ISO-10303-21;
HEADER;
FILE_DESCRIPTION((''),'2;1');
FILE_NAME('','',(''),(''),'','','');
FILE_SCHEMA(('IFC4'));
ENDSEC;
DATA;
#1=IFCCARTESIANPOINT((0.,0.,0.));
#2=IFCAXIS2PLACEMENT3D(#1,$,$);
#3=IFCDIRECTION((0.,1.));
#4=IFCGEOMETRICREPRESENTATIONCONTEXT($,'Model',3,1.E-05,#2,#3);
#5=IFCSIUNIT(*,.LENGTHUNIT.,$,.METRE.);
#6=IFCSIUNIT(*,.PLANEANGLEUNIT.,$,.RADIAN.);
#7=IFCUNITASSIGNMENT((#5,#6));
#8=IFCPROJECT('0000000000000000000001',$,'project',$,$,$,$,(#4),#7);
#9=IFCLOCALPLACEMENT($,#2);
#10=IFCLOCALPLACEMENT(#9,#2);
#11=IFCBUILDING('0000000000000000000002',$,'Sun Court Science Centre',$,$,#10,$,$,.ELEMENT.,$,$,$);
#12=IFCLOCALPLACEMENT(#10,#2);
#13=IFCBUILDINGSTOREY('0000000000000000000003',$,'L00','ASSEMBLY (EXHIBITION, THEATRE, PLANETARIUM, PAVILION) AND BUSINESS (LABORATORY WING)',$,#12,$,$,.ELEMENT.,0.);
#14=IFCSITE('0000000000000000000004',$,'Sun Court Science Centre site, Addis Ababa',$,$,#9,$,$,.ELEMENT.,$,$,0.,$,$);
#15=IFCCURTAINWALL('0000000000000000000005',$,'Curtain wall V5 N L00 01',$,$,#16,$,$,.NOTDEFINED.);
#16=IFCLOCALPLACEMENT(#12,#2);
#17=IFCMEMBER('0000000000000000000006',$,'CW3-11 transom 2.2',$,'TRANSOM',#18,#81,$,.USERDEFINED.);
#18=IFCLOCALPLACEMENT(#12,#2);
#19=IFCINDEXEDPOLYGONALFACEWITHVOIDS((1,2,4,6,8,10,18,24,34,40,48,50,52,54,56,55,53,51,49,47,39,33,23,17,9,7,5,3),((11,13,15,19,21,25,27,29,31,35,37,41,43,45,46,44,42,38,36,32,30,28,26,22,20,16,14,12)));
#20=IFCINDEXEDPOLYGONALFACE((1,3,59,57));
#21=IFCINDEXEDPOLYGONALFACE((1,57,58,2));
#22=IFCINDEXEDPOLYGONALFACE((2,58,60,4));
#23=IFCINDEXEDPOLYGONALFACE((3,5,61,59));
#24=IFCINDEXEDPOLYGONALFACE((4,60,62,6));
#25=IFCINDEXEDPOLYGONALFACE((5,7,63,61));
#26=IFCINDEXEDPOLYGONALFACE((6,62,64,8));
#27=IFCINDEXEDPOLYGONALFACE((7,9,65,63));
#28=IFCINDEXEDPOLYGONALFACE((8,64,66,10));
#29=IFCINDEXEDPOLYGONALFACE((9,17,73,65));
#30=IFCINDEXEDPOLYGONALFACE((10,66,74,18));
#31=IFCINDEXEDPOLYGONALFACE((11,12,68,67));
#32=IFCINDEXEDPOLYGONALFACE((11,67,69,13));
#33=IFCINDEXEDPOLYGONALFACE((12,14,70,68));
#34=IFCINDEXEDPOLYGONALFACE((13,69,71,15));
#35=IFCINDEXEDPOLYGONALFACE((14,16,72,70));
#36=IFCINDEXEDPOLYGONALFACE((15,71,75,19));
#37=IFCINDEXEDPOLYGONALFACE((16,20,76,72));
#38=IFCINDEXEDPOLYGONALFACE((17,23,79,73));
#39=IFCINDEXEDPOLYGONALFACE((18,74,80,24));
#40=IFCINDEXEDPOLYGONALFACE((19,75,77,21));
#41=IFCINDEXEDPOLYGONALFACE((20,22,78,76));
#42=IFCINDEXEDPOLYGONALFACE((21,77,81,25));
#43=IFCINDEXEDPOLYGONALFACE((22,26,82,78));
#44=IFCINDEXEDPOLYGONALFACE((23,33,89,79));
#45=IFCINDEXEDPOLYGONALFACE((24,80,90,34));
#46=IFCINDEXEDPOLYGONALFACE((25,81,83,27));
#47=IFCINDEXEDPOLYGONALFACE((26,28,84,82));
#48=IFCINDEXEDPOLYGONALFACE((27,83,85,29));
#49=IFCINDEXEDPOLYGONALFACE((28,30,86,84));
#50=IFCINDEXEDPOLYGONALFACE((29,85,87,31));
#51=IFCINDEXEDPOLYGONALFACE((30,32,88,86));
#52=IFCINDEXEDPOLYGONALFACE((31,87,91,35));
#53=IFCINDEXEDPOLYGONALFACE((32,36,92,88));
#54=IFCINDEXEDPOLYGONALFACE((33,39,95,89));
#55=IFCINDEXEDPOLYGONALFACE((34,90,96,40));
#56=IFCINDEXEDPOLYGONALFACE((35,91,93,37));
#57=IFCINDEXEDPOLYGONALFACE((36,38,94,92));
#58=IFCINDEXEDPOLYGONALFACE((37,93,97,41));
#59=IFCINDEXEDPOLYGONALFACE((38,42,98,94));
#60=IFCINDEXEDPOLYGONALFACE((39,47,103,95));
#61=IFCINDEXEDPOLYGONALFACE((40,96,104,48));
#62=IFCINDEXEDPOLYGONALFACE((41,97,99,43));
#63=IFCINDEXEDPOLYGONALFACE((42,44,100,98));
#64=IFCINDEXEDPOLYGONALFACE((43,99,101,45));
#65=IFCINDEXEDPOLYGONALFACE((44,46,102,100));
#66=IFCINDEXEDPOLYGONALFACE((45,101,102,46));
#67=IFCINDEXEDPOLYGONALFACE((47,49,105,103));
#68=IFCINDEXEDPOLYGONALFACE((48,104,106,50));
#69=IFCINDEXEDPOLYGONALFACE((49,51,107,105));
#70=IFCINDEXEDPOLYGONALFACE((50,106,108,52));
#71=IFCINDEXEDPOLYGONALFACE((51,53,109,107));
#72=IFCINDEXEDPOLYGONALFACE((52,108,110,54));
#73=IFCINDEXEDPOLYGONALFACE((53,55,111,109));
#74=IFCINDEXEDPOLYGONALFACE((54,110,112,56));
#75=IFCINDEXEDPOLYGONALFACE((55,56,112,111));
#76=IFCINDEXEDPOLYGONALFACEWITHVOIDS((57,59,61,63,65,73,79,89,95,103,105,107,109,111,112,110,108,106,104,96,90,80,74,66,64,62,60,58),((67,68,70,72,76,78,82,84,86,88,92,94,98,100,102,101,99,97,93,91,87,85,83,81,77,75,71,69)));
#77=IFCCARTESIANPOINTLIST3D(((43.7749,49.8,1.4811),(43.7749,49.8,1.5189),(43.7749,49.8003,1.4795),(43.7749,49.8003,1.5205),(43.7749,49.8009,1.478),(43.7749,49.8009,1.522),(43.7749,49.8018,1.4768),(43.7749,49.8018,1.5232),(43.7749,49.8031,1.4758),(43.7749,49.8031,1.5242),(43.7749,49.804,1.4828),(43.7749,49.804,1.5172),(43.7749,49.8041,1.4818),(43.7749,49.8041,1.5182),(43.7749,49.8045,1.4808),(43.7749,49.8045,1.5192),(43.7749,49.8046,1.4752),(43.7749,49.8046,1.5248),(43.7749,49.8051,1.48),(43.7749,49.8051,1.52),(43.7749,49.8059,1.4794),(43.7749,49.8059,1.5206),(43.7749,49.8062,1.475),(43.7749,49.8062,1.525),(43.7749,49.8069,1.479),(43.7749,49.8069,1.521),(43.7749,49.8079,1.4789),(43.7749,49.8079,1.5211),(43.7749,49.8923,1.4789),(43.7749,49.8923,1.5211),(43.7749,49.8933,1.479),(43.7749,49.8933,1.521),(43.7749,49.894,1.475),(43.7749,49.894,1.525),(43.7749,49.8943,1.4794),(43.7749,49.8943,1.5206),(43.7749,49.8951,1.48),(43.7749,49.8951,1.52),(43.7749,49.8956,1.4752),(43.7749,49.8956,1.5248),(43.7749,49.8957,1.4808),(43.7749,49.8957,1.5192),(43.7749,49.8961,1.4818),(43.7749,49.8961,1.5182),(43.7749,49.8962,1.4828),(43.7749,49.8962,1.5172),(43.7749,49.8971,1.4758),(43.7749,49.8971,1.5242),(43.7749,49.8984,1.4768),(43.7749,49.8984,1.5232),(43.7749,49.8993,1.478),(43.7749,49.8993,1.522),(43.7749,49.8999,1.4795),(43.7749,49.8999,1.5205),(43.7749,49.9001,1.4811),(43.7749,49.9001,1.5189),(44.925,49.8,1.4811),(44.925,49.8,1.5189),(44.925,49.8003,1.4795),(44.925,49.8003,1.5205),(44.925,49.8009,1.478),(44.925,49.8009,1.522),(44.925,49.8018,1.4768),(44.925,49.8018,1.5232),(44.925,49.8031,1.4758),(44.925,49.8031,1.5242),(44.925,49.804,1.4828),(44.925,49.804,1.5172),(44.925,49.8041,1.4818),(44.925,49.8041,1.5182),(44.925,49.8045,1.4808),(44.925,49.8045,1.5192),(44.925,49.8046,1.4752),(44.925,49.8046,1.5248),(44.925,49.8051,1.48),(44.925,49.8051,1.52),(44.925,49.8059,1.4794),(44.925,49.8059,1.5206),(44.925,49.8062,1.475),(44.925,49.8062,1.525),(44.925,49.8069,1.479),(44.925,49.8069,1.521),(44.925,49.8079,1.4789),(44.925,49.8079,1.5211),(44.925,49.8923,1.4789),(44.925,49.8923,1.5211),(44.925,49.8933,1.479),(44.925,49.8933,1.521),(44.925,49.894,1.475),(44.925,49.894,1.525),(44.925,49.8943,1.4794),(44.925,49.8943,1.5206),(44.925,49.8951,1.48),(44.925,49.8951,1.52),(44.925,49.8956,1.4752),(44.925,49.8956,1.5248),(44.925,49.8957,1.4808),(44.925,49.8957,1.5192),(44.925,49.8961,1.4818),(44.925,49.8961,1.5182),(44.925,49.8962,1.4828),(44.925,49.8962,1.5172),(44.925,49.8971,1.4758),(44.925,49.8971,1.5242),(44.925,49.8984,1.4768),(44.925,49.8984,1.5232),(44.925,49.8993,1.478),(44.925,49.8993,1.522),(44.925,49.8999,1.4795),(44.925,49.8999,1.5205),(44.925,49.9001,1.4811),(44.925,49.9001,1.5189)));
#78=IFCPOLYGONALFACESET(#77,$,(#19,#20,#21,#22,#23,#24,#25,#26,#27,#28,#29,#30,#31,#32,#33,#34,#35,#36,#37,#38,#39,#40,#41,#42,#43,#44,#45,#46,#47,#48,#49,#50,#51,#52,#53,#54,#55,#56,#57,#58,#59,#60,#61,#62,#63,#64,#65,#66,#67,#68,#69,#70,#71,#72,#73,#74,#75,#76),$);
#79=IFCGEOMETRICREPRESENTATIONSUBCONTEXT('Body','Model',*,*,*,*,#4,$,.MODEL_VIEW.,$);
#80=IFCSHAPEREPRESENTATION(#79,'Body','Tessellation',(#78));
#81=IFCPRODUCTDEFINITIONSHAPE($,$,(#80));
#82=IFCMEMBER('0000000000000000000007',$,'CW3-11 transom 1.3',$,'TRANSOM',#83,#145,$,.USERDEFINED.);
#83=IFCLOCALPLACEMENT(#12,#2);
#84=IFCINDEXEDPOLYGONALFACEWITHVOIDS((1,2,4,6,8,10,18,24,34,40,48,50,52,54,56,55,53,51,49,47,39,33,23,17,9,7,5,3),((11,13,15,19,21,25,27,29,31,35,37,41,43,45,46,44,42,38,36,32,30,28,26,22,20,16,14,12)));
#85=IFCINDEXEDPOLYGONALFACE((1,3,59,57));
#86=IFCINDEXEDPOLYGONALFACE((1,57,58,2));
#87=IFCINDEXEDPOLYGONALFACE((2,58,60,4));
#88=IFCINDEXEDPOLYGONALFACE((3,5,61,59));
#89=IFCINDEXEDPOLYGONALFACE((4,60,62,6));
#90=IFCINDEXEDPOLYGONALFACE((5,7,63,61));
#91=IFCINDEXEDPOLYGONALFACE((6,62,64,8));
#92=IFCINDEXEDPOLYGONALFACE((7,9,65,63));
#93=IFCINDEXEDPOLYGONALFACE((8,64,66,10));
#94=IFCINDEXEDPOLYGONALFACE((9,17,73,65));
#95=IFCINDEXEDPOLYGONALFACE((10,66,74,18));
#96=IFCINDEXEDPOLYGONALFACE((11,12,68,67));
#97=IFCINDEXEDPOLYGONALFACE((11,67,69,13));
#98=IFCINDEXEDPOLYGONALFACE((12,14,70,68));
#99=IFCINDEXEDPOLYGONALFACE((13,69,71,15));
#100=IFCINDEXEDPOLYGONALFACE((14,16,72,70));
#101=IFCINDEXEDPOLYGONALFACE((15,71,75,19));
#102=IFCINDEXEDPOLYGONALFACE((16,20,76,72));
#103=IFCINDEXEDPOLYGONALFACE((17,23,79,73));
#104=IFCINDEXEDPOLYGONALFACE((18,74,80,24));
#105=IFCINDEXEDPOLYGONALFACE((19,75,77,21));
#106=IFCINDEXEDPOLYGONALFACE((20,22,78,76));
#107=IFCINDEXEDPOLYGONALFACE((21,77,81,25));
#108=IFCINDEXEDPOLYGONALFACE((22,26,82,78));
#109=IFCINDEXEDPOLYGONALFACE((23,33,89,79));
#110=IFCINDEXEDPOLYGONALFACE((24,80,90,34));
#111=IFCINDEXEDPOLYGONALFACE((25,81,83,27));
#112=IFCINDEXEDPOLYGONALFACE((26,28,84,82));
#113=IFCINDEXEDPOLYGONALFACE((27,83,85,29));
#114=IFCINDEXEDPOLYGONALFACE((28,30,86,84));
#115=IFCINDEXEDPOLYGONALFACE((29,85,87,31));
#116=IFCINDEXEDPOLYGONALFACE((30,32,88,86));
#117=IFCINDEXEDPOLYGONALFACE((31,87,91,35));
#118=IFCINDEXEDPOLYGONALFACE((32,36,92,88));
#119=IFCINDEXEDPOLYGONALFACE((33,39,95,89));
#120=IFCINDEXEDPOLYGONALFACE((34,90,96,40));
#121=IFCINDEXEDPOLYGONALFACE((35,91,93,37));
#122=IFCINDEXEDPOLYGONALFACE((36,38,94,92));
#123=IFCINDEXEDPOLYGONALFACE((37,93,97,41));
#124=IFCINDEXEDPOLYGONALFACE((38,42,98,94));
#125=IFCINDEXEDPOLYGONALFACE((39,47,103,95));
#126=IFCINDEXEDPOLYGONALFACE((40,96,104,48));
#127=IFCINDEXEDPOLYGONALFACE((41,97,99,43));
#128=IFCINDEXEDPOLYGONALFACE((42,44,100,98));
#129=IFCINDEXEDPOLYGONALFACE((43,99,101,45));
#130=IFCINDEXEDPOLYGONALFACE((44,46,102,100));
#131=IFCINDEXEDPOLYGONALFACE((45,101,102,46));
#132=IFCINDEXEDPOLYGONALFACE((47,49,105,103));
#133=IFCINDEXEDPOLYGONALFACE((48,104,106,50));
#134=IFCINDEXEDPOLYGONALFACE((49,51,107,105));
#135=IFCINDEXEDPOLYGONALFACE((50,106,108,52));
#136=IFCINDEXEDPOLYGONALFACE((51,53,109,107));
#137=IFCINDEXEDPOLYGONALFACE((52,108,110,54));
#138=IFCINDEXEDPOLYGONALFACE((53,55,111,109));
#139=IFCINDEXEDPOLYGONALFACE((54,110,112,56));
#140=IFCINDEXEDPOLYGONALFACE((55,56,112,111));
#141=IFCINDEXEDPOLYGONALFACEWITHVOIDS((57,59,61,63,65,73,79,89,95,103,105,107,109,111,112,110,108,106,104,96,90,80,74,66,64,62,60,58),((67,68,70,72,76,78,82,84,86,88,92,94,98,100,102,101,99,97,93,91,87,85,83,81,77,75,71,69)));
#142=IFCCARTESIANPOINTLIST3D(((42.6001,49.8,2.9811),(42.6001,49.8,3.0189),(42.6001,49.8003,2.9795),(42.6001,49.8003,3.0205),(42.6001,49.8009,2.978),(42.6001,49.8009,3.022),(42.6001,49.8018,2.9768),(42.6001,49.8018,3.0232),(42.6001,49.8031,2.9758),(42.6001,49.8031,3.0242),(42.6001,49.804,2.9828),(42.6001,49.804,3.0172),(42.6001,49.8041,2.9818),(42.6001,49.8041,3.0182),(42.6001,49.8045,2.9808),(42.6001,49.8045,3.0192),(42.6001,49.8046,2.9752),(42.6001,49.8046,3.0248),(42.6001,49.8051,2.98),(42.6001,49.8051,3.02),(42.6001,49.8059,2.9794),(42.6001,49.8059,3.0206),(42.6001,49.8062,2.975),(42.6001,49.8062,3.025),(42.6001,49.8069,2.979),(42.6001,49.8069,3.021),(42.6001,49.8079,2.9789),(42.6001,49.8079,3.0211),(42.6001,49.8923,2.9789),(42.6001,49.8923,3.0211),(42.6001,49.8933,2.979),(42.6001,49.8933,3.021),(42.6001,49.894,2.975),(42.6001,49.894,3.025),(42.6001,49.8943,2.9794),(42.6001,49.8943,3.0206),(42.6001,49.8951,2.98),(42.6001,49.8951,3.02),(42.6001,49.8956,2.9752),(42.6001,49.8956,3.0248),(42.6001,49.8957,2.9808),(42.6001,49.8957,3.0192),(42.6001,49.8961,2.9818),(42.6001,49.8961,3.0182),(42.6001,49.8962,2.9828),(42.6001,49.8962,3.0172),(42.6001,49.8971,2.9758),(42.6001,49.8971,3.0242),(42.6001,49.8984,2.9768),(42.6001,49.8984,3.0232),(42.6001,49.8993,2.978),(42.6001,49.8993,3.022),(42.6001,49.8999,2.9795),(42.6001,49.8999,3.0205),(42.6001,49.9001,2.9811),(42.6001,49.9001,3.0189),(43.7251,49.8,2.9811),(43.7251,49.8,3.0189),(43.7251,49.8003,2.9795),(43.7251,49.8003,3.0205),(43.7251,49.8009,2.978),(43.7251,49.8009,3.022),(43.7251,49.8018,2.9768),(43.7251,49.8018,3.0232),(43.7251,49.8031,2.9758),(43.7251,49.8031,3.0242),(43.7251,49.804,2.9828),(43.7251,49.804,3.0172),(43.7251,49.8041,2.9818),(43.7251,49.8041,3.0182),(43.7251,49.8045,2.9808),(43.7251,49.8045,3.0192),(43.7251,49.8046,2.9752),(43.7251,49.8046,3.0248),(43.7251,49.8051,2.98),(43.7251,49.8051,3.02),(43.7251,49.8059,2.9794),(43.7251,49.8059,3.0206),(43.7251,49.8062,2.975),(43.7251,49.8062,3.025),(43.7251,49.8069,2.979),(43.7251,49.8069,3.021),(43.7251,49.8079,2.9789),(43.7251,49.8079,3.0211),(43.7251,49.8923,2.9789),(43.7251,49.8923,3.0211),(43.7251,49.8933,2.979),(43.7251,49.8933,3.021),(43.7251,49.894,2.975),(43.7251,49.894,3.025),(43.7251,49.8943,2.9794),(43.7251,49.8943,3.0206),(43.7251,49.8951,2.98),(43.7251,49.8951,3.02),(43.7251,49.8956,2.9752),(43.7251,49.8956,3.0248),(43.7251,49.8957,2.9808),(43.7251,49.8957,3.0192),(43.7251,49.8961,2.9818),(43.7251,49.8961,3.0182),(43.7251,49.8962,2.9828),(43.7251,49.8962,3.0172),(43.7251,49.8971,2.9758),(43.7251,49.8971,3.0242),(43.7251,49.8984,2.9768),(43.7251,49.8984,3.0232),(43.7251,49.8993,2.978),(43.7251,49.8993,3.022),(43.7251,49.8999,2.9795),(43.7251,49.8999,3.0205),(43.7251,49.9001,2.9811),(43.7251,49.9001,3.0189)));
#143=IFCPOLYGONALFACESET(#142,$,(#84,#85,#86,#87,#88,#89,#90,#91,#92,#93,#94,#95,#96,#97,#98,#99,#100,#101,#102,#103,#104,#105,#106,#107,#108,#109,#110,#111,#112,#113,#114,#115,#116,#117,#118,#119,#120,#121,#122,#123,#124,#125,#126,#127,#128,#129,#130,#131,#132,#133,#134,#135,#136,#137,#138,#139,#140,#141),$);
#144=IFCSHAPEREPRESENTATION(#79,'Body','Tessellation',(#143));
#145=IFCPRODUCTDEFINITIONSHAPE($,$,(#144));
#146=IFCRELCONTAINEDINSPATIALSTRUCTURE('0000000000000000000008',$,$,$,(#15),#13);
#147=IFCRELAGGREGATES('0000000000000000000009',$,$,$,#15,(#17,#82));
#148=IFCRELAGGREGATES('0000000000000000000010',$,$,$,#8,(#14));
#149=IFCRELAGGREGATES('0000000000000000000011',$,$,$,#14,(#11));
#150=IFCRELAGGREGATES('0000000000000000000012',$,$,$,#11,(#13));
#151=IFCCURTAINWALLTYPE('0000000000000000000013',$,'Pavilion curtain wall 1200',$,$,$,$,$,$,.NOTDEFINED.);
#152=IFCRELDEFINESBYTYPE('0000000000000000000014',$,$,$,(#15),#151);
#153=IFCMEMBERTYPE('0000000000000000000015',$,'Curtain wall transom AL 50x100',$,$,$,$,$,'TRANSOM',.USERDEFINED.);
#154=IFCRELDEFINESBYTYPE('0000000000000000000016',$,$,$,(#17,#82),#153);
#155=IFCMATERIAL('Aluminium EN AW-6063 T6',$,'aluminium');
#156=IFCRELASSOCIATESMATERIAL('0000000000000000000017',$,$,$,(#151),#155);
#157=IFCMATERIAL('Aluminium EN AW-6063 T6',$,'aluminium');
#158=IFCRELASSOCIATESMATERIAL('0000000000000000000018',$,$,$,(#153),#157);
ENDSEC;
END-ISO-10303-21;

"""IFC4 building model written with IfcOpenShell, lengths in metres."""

from ifc_helpers import new_model, si_unit, direction, frame, origin, origin_2d, place, context, subcontext, project, spatial, hollow_rectangle, extrude, material, material_profile, profile_set, type_object, element, aggregate, save


model = new_model("IFC4")

# Units and contexts
model_context = context("Model", 3, precision=1e-05, world=origin(), true_north=direction((0.0, 1.0)))
body_context = subcontext(model_context, "Body", "Model", "MODEL_VIEW")
ifc_project = project(units=[si_unit("LENGTHUNIT", "METRE"), si_unit("PLANEANGLEUNIT", "RADIAN")], contexts=[model_context])

# Site, building, storey
site_placement = place(None, origin())
site = spatial("IfcSite", under=ifc_project, at=site_placement, Name="Sun Court Science Centre site, Addis Ababa", CompositionType="ELEMENT", RefElevation=0.0)
building_placement = place(site_placement, origin())
building = spatial("IfcBuilding", under=site, at=building_placement, Name="Sun Court Science Centre", CompositionType="ELEMENT")
storey_placement = place(building_placement, origin())
storey = spatial("IfcBuildingStorey", under=building, at=storey_placement, Name="L00", Description="ASSEMBLY (EXHIBITION, THEATRE, PLANETARIUM, PAVILION) AND BUSINESS (LABORATORY WING)", CompositionType="ELEMENT", Elevation=0.0)

# Curtain wall, members
ifc_material_1 = material(Name="Aluminium EN AW-6063 T6", Category="aluminium")
curtain_wall_type = type_object("IfcCurtainWallType", Name="Pavilion curtain wall 1200", PredefinedType="NOTDEFINED", material=ifc_material_1)
curtain_wall_placement = place(storey_placement, origin())
curtain_wall = element("IfcCurtainWall", 1, at=curtain_wall_placement, inside=storey, type_object=curtain_wall_type, Name="Curtain wall V5 N L00 01", PredefinedType="NOTDEFINED")
ifc_material_2 = material(Name="Aluminium EN AW-6063 T6", Category="aluminium")
ifc_material_profile_1 = material_profile(ifc_material_2, hollow_rectangle(XDim=0.05, YDim=0.1001, WallThickness=0.0039, InnerFilletRadius=0.0039, OuterFilletRadius=0.0061, at=origin_2d()), Name="AL 50x100x4")
ifc_profile_set_1 = profile_set([ifc_material_profile_1], Name="Aluminium EN AW-6063 T6")
member_type_1 = type_object("IfcMemberType", Name="Curtain wall transom AL 50x100", ElementType="TRANSOM", PredefinedType="USERDEFINED", material=ifc_profile_set_1)
member_1_placement = place(storey_placement, frame((43.7749, 49.8501, 1.5), z_axis=(1.0, 0.0, 0.0), x_axis=(0.0, 0.0, 1.0)))
member_1 = element("IfcMember", 2, at=member_1_placement, type_object=member_type_1, Name="CW3-11 transom 2.2", ObjectType="TRANSOM", PredefinedType="USERDEFINED", context=body_context, shape_type="SweptSolid", body=[
    extrude(hollow_rectangle(XDim=0.05, YDim=0.1001, WallThickness=0.0039, InnerFilletRadius=0.0039, OuterFilletRadius=0.0061, at=origin_2d()), origin(), (0.0, 0.0, 1.0), 1.1501),
])
member_2_placement = place(storey_placement, frame((42.6001, 49.8501, 3.0), z_axis=(1.0, 0.0, 0.0), x_axis=(0.0, 0.0, 1.0)))
member_2 = element("IfcMember", 3, at=member_2_placement, type_object=member_type_1, Name="CW3-11 transom 1.3", ObjectType="TRANSOM", PredefinedType="USERDEFINED", context=body_context, shape_type="SweptSolid", body=[
    extrude(hollow_rectangle(XDim=0.05, YDim=0.1001, WallThickness=0.0039, InnerFilletRadius=0.0039, OuterFilletRadius=0.0061, at=origin_2d()), origin(), (0.0, 0.0, 1.0), 1.125),
])
aggregate(curtain_wall, [member_1, member_2])

save(model, "model.ifc")
